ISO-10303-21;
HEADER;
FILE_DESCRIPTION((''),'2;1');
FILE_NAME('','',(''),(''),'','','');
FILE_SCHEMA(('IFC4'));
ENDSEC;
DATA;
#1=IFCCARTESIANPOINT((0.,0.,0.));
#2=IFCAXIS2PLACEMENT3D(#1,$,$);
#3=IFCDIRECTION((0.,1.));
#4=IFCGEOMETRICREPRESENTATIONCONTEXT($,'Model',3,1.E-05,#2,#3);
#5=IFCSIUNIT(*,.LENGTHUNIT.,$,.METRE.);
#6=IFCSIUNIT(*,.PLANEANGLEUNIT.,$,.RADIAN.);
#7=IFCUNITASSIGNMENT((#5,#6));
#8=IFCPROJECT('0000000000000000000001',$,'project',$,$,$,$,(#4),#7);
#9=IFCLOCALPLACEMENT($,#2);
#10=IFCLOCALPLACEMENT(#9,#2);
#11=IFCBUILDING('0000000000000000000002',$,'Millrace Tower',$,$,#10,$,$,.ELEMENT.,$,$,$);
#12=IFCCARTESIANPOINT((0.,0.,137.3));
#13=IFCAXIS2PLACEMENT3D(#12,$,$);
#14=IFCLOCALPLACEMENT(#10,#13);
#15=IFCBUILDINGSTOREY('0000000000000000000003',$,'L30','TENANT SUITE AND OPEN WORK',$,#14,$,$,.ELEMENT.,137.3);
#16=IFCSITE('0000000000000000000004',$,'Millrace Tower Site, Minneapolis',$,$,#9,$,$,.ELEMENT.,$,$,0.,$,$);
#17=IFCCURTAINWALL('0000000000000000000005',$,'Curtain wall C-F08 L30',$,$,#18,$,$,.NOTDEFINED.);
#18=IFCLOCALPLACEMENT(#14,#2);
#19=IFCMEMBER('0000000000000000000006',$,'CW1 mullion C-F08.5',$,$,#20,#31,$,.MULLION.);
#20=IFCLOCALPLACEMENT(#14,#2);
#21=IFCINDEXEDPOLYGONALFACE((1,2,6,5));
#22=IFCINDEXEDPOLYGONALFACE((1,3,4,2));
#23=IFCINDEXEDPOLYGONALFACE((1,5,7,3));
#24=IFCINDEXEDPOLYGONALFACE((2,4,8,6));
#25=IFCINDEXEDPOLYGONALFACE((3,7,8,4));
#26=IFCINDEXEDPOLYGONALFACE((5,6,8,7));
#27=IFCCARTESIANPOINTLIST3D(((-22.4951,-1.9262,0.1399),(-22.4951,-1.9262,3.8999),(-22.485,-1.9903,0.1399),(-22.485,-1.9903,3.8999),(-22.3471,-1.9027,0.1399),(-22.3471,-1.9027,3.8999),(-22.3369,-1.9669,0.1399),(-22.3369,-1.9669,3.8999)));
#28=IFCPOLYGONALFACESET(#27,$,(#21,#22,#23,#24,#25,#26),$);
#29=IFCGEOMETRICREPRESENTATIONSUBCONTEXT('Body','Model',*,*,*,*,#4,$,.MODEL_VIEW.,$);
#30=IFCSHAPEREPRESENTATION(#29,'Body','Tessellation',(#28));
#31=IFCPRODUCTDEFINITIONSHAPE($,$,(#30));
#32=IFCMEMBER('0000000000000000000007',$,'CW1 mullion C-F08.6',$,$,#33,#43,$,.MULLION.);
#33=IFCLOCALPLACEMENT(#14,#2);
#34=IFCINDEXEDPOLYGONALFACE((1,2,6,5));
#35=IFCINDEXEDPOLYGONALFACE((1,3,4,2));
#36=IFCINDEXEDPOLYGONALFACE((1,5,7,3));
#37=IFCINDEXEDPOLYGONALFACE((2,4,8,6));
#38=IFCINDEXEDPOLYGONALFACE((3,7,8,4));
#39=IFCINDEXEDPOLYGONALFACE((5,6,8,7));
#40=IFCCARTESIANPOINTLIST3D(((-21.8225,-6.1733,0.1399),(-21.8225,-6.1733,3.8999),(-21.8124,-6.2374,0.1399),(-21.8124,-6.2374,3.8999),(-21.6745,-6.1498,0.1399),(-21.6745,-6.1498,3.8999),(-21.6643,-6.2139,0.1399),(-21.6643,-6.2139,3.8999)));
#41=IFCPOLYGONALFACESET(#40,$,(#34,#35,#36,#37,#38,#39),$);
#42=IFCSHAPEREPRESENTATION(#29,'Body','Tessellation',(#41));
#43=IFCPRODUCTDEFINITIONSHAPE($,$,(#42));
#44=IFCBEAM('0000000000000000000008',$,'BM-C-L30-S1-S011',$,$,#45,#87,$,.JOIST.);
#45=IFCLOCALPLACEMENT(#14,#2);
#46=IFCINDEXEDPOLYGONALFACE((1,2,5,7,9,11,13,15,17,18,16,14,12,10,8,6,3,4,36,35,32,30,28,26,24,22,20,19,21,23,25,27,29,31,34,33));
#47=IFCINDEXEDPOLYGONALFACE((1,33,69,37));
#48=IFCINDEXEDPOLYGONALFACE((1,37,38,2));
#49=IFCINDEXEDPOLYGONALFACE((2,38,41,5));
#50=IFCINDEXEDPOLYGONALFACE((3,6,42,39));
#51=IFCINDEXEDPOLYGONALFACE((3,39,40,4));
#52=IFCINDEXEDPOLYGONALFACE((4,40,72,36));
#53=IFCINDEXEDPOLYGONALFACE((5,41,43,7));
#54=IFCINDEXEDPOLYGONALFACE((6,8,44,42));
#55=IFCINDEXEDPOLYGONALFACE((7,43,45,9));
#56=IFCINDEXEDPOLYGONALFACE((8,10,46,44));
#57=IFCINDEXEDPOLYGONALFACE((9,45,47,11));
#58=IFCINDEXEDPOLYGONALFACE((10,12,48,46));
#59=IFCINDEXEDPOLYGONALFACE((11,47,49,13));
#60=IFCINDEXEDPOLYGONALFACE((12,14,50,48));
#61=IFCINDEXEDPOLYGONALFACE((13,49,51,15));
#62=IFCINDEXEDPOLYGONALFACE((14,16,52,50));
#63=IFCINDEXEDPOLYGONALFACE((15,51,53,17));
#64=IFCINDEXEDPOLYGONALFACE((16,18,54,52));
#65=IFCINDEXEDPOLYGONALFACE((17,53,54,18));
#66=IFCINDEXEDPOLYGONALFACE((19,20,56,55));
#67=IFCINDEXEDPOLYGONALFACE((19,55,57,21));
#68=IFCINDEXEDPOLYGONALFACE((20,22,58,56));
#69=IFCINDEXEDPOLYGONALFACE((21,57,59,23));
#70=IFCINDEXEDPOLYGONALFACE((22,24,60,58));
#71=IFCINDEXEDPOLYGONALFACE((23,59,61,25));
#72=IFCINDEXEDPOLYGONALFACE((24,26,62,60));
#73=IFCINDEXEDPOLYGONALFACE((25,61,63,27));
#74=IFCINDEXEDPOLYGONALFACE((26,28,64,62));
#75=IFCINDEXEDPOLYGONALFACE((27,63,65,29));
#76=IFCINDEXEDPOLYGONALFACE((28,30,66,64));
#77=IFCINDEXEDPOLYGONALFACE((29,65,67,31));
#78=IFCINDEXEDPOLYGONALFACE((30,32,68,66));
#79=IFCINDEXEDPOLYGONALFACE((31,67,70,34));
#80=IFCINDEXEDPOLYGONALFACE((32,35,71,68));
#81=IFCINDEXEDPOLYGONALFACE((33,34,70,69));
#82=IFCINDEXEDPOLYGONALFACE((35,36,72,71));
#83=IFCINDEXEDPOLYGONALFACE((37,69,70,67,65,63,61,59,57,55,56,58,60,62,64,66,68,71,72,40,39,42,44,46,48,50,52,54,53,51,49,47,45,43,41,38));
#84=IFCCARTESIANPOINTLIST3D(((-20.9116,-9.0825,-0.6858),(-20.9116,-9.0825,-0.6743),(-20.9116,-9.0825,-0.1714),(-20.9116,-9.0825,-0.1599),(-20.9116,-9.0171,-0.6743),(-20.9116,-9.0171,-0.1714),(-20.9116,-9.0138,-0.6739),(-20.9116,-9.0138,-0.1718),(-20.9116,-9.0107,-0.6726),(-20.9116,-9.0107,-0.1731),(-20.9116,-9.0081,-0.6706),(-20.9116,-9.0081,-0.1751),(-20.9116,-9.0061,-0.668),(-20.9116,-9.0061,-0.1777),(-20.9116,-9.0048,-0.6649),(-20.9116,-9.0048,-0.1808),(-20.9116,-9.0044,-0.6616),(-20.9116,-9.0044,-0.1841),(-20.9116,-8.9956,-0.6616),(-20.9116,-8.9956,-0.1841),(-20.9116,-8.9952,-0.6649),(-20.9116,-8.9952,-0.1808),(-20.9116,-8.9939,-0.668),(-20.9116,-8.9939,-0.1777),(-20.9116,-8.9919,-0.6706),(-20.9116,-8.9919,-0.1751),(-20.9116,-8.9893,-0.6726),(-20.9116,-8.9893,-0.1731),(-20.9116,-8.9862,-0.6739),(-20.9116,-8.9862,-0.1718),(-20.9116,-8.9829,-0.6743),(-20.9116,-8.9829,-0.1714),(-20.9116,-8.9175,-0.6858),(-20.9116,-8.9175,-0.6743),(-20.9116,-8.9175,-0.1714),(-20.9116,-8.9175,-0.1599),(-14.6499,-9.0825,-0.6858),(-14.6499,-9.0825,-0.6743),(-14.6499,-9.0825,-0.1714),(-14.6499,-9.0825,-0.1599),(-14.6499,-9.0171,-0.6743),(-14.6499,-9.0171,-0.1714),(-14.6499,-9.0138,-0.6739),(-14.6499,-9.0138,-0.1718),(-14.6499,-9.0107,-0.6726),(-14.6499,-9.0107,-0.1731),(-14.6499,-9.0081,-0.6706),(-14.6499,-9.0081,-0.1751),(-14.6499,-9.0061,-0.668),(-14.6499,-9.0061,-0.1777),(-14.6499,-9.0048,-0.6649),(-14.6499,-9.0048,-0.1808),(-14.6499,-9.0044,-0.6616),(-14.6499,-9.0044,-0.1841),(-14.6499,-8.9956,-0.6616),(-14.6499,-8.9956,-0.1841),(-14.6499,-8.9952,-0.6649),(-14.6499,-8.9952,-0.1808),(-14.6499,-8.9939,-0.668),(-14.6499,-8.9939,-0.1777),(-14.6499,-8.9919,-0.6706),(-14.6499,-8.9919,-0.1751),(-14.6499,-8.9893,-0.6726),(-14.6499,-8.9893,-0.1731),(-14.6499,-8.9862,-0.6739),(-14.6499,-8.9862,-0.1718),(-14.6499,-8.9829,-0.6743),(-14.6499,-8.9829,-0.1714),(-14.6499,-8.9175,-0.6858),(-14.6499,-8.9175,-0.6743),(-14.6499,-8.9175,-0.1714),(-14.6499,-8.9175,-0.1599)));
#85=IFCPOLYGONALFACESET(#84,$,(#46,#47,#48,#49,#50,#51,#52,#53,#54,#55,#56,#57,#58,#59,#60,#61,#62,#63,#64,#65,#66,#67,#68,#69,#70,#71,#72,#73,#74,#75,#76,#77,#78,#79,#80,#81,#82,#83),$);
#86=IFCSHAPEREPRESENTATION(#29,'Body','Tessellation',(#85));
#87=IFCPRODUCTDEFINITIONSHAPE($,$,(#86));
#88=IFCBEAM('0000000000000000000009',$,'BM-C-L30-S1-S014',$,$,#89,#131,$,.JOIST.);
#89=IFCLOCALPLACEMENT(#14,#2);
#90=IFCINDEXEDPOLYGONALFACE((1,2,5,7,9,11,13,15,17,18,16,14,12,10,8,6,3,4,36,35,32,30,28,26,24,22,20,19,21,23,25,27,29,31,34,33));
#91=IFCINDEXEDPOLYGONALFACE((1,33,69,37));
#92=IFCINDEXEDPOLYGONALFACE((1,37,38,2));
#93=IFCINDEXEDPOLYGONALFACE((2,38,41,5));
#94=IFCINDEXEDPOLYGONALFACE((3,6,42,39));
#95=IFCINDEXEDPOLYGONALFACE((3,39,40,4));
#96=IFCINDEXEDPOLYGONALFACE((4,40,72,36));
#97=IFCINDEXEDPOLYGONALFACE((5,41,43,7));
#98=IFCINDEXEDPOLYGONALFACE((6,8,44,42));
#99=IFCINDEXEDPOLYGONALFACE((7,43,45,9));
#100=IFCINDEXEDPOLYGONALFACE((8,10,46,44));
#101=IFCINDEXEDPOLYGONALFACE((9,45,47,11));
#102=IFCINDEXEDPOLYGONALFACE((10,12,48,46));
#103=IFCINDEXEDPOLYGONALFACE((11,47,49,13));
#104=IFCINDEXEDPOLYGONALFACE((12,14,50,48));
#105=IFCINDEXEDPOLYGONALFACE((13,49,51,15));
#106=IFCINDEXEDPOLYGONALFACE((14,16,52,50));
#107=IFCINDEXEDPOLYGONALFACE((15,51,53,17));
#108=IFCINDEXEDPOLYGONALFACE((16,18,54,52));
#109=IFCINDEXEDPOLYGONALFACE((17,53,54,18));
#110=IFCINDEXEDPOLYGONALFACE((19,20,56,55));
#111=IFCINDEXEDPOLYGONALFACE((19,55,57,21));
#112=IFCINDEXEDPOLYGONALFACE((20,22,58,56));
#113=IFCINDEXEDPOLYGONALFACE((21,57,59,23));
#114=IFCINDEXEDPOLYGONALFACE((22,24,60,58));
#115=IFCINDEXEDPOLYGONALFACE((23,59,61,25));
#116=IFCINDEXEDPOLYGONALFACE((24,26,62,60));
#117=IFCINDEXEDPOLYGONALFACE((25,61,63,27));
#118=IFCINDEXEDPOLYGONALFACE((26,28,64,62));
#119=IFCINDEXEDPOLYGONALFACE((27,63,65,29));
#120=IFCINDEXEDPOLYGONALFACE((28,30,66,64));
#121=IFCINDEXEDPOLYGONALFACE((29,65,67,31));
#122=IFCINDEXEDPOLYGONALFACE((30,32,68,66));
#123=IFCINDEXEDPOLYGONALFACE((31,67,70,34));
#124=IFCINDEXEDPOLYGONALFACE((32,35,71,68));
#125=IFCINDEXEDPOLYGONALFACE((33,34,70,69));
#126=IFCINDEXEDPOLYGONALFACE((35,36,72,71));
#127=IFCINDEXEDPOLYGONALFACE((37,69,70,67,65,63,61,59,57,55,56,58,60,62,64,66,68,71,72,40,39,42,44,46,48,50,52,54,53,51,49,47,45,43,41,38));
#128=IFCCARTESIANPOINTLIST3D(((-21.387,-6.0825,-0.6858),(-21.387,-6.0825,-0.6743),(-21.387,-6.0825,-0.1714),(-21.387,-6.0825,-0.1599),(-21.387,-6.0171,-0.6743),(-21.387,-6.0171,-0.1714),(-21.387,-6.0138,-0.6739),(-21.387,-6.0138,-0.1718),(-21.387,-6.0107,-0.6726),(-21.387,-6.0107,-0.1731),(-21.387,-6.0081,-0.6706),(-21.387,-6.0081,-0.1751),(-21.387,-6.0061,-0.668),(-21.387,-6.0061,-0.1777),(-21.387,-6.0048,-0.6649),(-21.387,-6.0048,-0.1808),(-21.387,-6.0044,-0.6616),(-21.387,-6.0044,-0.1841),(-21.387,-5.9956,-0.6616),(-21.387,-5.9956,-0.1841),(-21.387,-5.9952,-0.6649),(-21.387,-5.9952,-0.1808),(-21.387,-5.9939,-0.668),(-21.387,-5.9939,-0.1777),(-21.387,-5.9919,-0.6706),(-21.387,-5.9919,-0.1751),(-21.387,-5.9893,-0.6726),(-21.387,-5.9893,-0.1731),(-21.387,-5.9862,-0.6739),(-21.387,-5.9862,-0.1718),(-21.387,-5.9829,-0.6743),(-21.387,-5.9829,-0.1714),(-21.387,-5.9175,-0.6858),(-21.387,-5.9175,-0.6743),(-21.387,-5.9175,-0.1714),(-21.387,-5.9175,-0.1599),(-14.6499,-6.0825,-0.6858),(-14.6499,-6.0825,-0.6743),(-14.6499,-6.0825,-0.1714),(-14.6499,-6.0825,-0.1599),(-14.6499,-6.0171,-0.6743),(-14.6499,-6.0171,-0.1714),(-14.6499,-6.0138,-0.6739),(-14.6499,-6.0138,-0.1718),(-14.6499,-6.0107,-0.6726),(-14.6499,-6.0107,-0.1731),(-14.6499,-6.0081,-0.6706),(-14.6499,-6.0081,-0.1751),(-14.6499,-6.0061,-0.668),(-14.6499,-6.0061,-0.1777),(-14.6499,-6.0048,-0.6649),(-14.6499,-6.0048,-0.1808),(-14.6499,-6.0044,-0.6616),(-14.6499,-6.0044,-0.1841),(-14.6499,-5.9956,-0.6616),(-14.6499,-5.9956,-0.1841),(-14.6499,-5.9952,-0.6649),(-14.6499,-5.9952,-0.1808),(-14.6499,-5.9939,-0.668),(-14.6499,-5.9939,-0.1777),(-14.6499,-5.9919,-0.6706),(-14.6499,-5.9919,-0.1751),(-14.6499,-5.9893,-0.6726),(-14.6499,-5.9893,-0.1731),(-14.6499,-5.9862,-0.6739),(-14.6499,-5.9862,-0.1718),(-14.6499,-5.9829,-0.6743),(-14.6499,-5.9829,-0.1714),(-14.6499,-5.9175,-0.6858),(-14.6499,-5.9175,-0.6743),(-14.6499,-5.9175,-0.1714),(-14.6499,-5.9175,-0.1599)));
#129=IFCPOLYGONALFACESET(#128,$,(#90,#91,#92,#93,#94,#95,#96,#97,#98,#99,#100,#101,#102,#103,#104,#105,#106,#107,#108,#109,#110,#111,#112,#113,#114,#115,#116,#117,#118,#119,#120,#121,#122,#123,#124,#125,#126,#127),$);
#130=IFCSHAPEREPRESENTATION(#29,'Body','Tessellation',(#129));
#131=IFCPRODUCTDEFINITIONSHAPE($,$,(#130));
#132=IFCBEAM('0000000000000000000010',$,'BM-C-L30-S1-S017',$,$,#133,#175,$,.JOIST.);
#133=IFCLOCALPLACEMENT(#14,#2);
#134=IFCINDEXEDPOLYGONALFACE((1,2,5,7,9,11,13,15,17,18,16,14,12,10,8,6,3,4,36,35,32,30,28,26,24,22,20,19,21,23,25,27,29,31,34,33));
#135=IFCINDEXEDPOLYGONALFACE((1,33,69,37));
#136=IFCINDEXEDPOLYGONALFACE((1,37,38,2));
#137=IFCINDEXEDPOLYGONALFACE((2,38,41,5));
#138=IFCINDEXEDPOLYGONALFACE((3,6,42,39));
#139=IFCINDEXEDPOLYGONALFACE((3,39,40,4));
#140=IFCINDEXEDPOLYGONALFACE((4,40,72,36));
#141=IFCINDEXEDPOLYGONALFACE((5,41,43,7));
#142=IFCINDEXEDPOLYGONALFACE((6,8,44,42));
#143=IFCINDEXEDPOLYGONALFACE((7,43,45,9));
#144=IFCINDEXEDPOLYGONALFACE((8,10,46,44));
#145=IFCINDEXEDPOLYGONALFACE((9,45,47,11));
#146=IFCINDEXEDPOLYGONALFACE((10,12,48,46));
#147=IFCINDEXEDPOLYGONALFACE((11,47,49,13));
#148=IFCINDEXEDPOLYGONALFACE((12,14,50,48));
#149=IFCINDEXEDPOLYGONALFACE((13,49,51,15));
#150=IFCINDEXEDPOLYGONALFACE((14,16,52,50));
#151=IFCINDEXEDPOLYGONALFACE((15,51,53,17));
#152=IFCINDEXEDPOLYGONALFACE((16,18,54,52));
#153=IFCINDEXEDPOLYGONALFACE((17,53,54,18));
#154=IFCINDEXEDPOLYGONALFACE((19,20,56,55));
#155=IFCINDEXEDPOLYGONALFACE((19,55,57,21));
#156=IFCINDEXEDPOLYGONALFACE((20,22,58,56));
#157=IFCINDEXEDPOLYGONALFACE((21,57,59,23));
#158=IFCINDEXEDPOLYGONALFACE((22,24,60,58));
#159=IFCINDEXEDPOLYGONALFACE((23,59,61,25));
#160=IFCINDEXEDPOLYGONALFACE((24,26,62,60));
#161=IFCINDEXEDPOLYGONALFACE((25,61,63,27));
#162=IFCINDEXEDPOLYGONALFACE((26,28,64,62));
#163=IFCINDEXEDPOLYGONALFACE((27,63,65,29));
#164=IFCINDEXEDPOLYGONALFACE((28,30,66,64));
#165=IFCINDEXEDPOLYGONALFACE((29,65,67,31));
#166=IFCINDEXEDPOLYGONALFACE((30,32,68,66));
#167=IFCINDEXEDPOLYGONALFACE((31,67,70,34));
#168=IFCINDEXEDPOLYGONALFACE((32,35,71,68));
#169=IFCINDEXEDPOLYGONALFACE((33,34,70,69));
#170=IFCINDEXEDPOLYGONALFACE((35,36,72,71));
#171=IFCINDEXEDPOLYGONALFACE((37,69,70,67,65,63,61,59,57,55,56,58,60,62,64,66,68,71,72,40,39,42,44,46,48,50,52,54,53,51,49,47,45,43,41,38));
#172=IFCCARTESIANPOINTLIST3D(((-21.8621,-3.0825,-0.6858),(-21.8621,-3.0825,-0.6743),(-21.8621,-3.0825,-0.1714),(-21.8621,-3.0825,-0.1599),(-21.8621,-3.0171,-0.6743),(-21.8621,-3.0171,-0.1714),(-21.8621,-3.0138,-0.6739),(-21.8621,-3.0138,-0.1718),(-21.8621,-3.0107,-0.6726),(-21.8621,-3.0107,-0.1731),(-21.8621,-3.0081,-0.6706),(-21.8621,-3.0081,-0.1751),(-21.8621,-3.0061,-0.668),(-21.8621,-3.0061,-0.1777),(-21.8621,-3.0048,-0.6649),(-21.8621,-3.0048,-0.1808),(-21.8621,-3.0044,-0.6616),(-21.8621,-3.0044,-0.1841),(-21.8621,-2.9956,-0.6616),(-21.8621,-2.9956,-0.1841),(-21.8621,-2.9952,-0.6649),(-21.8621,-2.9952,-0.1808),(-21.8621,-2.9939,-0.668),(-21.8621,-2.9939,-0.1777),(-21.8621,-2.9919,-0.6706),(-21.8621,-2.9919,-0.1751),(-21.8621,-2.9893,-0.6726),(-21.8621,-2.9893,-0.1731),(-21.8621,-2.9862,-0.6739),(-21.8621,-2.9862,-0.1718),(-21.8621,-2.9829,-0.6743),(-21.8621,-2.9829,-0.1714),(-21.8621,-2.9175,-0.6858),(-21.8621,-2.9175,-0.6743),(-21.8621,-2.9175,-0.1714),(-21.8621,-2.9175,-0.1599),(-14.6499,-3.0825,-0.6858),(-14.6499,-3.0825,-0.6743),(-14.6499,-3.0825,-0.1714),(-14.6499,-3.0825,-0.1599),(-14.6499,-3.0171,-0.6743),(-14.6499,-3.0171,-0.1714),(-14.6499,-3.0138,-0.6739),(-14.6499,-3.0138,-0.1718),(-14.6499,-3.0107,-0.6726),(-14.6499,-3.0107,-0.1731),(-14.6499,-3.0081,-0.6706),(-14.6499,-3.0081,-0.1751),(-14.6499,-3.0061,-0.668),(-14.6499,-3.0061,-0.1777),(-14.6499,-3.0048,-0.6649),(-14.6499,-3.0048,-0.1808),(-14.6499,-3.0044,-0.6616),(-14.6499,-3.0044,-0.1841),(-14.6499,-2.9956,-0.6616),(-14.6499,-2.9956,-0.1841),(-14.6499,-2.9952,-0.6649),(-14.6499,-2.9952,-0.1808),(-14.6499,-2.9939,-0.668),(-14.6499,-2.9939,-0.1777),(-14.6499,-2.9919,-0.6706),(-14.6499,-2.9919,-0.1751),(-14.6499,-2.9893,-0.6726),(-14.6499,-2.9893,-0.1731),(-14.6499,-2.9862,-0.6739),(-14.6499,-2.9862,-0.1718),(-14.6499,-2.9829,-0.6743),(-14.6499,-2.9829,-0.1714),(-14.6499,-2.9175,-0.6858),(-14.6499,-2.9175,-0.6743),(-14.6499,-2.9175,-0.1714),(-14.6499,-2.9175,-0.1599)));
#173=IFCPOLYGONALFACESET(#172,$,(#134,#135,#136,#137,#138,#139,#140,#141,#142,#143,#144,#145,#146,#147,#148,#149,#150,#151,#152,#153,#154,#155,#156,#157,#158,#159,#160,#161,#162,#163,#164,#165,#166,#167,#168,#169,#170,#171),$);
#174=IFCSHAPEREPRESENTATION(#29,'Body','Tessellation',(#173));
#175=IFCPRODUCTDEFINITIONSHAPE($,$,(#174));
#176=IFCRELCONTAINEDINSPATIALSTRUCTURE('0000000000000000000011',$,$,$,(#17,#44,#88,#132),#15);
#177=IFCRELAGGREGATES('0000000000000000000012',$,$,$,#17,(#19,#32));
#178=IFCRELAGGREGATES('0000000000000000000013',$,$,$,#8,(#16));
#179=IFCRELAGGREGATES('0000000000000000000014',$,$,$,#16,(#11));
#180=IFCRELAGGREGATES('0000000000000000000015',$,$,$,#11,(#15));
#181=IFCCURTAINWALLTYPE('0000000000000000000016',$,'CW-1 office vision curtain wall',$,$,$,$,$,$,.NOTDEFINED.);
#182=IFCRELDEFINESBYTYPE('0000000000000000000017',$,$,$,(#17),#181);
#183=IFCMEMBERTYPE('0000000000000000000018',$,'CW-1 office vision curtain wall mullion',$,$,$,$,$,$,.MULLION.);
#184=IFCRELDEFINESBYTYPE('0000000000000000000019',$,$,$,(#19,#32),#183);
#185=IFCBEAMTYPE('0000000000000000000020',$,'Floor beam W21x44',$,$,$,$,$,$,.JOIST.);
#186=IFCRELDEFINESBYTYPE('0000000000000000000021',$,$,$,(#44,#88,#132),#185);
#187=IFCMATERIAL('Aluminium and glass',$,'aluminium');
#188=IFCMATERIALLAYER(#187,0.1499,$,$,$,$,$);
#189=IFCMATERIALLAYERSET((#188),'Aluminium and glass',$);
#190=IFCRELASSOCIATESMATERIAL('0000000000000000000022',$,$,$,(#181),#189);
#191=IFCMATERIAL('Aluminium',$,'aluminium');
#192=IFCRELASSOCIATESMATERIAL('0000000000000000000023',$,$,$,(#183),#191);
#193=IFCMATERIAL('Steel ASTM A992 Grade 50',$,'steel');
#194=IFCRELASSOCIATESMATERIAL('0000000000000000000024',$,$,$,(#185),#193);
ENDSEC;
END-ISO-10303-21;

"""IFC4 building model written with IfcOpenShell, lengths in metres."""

from ifc_helpers import new_model, si_unit, direction, frame, origin, origin_2d, place, context, subcontext, project, spatial, rectangle, i_section, extrude, material, layer, layer_set, material_profile, profile_set, type_object, element, aggregate, save


model = new_model("IFC4")

# Units and contexts
model_context = context("Model", 3, precision=1e-05, world=origin(), true_north=direction((0.0, 1.0)))
body_context = subcontext(model_context, "Body", "Model", "MODEL_VIEW")
ifc_project = project(units=[si_unit("LENGTHUNIT", "METRE"), si_unit("PLANEANGLEUNIT", "RADIAN")], contexts=[model_context])

# Site, building, storey
site_placement = place(None, origin())
site = spatial("IfcSite", under=ifc_project, at=site_placement, Name="Millrace Tower Site, Minneapolis", CompositionType="ELEMENT", RefElevation=0.0)
building_placement = place(site_placement, origin())
building = spatial("IfcBuilding", under=site, at=building_placement, Name="Millrace Tower", CompositionType="ELEMENT")
storey_placement = place(building_placement, frame((0.0, 0.0, 137.3)))
storey = spatial("IfcBuildingStorey", under=building, at=storey_placement, Name="L30", Description="TENANT SUITE AND OPEN WORK", CompositionType="ELEMENT", Elevation=137.3)

# Curtain wall, members
ifc_material_1 = material(Name="Aluminium and glass", Category="aluminium")
ifc_layer_1 = layer(ifc_material_1, 0.1499)
ifc_layer_set_1 = layer_set([ifc_layer_1], Name="Aluminium and glass")
curtain_wall_type = type_object("IfcCurtainWallType", Name="CW-1 office vision curtain wall", PredefinedType="NOTDEFINED", material=ifc_layer_set_1)
curtain_wall_placement = place(storey_placement, origin())
curtain_wall = element("IfcCurtainWall", 1, at=curtain_wall_placement, inside=storey, type_object=curtain_wall_type, Name="Curtain wall C-F08 L30", PredefinedType="NOTDEFINED")
ifc_material_2 = material(Name="Aluminium", Category="aluminium")
ifc_material_profile_1 = material_profile(ifc_material_2, rectangle(XDim=0.0649, YDim=0.1499, at=origin_2d()))
ifc_profile_set_1 = profile_set([ifc_material_profile_1], Name="Aluminium")
member_type = type_object("IfcMemberType", Name="CW-1 office vision curtain wall mullion", PredefinedType="MULLION", material=ifc_profile_set_1)
member_1_placement = place(storey_placement, frame((-22.416, -1.9465, 0.1399), z_axis=(0.0, 0.0, 1.0), x_axis=(0.156434, -0.987688, 0.0)))
member_1 = element("IfcMember", 2, at=member_1_placement, type_object=member_type, Name="CW1 mullion C-F08.5", PredefinedType="MULLION", context=body_context, shape_type="SweptSolid", body=[
    extrude(rectangle(XDim=0.0649, YDim=0.1499, at=origin_2d()), origin(), (0.0, 0.0, 1.0), 3.76),
])
member_2_placement = place(storey_placement, frame((-21.7434, -6.1936, 0.1399), z_axis=(0.0, 0.0, 1.0), x_axis=(0.156434, -0.987688, 0.0)))
member_2 = element("IfcMember", 3, at=member_2_placement, type_object=member_type, Name="CW1 mullion C-F08.6", PredefinedType="MULLION", context=body_context, shape_type="SweptSolid", body=[
    extrude(rectangle(XDim=0.0649, YDim=0.1499, at=origin_2d()), origin(), (0.0, 0.0, 1.0), 3.76),
])
aggregate(curtain_wall, [member_1, member_2])

# Beams
ifc_material_3 = material(Name="Steel ASTM A992 Grade 50", Category="steel")
ifc_material_profile_2 = material_profile(ifc_material_3, i_section(OverallWidth=0.165, OverallDepth=0.5259, WebThickness=0.0088, FlangeThickness=0.0115, FilletRadius=0.0127, at=origin_2d()))
ifc_profile_set_2 = profile_set([ifc_material_profile_2], Name="Steel ASTM A992 Grade 50")
beam_type_1 = type_object("IfcBeamType", Name="Floor beam W21x44", PredefinedType="JOIST", material=ifc_profile_set_2)
beam_1_placement = place(storey_placement, frame((-20.9116, -9.0, -0.4229), z_axis=(1.0, 0.0, 0.0), x_axis=(0.0, 1.0, 0.0)))
element("IfcBeam", 4, at=beam_1_placement, inside=storey, type_object=beam_type_1, Name="BM-C-L30-S1-S011", PredefinedType="JOIST", context=body_context, shape_type="SweptSolid", body=[
    extrude(i_section(OverallWidth=0.165, OverallDepth=0.5259, WebThickness=0.0088, FlangeThickness=0.0115, FilletRadius=0.0127, at=origin_2d()), origin(), (0.0, 0.0, 1.0), 6.2617),
])
beam_2_placement = place(storey_placement, frame((-21.387, -6.0, -0.4229), z_axis=(1.0, 0.0, 0.0), x_axis=(0.0, 1.0, 0.0)))
element("IfcBeam", 5, at=beam_2_placement, inside=storey, type_object=beam_type_1, Name="BM-C-L30-S1-S014", PredefinedType="JOIST", context=body_context, shape_type="SweptSolid", body=[
    extrude(i_section(OverallWidth=0.165, OverallDepth=0.5259, WebThickness=0.0088, FlangeThickness=0.0115, FilletRadius=0.0127, at=origin_2d()), origin(), (0.0, 0.0, 1.0), 6.7371),
])
beam_3_placement = place(storey_placement, frame((-21.8621, -3.0, -0.4229), z_axis=(1.0, 0.0, 0.0), x_axis=(0.0, 1.0, 0.0)))
element("IfcBeam", 6, at=beam_3_placement, inside=storey, type_object=beam_type_1, Name="BM-C-L30-S1-S017", PredefinedType="JOIST", context=body_context, shape_type="SweptSolid", body=[
    extrude(i_section(OverallWidth=0.165, OverallDepth=0.5259, WebThickness=0.0088, FlangeThickness=0.0115, FilletRadius=0.0127, at=origin_2d()), origin(), (0.0, 0.0, 1.0), 7.2122),
])

save(model, "model.ifc")
